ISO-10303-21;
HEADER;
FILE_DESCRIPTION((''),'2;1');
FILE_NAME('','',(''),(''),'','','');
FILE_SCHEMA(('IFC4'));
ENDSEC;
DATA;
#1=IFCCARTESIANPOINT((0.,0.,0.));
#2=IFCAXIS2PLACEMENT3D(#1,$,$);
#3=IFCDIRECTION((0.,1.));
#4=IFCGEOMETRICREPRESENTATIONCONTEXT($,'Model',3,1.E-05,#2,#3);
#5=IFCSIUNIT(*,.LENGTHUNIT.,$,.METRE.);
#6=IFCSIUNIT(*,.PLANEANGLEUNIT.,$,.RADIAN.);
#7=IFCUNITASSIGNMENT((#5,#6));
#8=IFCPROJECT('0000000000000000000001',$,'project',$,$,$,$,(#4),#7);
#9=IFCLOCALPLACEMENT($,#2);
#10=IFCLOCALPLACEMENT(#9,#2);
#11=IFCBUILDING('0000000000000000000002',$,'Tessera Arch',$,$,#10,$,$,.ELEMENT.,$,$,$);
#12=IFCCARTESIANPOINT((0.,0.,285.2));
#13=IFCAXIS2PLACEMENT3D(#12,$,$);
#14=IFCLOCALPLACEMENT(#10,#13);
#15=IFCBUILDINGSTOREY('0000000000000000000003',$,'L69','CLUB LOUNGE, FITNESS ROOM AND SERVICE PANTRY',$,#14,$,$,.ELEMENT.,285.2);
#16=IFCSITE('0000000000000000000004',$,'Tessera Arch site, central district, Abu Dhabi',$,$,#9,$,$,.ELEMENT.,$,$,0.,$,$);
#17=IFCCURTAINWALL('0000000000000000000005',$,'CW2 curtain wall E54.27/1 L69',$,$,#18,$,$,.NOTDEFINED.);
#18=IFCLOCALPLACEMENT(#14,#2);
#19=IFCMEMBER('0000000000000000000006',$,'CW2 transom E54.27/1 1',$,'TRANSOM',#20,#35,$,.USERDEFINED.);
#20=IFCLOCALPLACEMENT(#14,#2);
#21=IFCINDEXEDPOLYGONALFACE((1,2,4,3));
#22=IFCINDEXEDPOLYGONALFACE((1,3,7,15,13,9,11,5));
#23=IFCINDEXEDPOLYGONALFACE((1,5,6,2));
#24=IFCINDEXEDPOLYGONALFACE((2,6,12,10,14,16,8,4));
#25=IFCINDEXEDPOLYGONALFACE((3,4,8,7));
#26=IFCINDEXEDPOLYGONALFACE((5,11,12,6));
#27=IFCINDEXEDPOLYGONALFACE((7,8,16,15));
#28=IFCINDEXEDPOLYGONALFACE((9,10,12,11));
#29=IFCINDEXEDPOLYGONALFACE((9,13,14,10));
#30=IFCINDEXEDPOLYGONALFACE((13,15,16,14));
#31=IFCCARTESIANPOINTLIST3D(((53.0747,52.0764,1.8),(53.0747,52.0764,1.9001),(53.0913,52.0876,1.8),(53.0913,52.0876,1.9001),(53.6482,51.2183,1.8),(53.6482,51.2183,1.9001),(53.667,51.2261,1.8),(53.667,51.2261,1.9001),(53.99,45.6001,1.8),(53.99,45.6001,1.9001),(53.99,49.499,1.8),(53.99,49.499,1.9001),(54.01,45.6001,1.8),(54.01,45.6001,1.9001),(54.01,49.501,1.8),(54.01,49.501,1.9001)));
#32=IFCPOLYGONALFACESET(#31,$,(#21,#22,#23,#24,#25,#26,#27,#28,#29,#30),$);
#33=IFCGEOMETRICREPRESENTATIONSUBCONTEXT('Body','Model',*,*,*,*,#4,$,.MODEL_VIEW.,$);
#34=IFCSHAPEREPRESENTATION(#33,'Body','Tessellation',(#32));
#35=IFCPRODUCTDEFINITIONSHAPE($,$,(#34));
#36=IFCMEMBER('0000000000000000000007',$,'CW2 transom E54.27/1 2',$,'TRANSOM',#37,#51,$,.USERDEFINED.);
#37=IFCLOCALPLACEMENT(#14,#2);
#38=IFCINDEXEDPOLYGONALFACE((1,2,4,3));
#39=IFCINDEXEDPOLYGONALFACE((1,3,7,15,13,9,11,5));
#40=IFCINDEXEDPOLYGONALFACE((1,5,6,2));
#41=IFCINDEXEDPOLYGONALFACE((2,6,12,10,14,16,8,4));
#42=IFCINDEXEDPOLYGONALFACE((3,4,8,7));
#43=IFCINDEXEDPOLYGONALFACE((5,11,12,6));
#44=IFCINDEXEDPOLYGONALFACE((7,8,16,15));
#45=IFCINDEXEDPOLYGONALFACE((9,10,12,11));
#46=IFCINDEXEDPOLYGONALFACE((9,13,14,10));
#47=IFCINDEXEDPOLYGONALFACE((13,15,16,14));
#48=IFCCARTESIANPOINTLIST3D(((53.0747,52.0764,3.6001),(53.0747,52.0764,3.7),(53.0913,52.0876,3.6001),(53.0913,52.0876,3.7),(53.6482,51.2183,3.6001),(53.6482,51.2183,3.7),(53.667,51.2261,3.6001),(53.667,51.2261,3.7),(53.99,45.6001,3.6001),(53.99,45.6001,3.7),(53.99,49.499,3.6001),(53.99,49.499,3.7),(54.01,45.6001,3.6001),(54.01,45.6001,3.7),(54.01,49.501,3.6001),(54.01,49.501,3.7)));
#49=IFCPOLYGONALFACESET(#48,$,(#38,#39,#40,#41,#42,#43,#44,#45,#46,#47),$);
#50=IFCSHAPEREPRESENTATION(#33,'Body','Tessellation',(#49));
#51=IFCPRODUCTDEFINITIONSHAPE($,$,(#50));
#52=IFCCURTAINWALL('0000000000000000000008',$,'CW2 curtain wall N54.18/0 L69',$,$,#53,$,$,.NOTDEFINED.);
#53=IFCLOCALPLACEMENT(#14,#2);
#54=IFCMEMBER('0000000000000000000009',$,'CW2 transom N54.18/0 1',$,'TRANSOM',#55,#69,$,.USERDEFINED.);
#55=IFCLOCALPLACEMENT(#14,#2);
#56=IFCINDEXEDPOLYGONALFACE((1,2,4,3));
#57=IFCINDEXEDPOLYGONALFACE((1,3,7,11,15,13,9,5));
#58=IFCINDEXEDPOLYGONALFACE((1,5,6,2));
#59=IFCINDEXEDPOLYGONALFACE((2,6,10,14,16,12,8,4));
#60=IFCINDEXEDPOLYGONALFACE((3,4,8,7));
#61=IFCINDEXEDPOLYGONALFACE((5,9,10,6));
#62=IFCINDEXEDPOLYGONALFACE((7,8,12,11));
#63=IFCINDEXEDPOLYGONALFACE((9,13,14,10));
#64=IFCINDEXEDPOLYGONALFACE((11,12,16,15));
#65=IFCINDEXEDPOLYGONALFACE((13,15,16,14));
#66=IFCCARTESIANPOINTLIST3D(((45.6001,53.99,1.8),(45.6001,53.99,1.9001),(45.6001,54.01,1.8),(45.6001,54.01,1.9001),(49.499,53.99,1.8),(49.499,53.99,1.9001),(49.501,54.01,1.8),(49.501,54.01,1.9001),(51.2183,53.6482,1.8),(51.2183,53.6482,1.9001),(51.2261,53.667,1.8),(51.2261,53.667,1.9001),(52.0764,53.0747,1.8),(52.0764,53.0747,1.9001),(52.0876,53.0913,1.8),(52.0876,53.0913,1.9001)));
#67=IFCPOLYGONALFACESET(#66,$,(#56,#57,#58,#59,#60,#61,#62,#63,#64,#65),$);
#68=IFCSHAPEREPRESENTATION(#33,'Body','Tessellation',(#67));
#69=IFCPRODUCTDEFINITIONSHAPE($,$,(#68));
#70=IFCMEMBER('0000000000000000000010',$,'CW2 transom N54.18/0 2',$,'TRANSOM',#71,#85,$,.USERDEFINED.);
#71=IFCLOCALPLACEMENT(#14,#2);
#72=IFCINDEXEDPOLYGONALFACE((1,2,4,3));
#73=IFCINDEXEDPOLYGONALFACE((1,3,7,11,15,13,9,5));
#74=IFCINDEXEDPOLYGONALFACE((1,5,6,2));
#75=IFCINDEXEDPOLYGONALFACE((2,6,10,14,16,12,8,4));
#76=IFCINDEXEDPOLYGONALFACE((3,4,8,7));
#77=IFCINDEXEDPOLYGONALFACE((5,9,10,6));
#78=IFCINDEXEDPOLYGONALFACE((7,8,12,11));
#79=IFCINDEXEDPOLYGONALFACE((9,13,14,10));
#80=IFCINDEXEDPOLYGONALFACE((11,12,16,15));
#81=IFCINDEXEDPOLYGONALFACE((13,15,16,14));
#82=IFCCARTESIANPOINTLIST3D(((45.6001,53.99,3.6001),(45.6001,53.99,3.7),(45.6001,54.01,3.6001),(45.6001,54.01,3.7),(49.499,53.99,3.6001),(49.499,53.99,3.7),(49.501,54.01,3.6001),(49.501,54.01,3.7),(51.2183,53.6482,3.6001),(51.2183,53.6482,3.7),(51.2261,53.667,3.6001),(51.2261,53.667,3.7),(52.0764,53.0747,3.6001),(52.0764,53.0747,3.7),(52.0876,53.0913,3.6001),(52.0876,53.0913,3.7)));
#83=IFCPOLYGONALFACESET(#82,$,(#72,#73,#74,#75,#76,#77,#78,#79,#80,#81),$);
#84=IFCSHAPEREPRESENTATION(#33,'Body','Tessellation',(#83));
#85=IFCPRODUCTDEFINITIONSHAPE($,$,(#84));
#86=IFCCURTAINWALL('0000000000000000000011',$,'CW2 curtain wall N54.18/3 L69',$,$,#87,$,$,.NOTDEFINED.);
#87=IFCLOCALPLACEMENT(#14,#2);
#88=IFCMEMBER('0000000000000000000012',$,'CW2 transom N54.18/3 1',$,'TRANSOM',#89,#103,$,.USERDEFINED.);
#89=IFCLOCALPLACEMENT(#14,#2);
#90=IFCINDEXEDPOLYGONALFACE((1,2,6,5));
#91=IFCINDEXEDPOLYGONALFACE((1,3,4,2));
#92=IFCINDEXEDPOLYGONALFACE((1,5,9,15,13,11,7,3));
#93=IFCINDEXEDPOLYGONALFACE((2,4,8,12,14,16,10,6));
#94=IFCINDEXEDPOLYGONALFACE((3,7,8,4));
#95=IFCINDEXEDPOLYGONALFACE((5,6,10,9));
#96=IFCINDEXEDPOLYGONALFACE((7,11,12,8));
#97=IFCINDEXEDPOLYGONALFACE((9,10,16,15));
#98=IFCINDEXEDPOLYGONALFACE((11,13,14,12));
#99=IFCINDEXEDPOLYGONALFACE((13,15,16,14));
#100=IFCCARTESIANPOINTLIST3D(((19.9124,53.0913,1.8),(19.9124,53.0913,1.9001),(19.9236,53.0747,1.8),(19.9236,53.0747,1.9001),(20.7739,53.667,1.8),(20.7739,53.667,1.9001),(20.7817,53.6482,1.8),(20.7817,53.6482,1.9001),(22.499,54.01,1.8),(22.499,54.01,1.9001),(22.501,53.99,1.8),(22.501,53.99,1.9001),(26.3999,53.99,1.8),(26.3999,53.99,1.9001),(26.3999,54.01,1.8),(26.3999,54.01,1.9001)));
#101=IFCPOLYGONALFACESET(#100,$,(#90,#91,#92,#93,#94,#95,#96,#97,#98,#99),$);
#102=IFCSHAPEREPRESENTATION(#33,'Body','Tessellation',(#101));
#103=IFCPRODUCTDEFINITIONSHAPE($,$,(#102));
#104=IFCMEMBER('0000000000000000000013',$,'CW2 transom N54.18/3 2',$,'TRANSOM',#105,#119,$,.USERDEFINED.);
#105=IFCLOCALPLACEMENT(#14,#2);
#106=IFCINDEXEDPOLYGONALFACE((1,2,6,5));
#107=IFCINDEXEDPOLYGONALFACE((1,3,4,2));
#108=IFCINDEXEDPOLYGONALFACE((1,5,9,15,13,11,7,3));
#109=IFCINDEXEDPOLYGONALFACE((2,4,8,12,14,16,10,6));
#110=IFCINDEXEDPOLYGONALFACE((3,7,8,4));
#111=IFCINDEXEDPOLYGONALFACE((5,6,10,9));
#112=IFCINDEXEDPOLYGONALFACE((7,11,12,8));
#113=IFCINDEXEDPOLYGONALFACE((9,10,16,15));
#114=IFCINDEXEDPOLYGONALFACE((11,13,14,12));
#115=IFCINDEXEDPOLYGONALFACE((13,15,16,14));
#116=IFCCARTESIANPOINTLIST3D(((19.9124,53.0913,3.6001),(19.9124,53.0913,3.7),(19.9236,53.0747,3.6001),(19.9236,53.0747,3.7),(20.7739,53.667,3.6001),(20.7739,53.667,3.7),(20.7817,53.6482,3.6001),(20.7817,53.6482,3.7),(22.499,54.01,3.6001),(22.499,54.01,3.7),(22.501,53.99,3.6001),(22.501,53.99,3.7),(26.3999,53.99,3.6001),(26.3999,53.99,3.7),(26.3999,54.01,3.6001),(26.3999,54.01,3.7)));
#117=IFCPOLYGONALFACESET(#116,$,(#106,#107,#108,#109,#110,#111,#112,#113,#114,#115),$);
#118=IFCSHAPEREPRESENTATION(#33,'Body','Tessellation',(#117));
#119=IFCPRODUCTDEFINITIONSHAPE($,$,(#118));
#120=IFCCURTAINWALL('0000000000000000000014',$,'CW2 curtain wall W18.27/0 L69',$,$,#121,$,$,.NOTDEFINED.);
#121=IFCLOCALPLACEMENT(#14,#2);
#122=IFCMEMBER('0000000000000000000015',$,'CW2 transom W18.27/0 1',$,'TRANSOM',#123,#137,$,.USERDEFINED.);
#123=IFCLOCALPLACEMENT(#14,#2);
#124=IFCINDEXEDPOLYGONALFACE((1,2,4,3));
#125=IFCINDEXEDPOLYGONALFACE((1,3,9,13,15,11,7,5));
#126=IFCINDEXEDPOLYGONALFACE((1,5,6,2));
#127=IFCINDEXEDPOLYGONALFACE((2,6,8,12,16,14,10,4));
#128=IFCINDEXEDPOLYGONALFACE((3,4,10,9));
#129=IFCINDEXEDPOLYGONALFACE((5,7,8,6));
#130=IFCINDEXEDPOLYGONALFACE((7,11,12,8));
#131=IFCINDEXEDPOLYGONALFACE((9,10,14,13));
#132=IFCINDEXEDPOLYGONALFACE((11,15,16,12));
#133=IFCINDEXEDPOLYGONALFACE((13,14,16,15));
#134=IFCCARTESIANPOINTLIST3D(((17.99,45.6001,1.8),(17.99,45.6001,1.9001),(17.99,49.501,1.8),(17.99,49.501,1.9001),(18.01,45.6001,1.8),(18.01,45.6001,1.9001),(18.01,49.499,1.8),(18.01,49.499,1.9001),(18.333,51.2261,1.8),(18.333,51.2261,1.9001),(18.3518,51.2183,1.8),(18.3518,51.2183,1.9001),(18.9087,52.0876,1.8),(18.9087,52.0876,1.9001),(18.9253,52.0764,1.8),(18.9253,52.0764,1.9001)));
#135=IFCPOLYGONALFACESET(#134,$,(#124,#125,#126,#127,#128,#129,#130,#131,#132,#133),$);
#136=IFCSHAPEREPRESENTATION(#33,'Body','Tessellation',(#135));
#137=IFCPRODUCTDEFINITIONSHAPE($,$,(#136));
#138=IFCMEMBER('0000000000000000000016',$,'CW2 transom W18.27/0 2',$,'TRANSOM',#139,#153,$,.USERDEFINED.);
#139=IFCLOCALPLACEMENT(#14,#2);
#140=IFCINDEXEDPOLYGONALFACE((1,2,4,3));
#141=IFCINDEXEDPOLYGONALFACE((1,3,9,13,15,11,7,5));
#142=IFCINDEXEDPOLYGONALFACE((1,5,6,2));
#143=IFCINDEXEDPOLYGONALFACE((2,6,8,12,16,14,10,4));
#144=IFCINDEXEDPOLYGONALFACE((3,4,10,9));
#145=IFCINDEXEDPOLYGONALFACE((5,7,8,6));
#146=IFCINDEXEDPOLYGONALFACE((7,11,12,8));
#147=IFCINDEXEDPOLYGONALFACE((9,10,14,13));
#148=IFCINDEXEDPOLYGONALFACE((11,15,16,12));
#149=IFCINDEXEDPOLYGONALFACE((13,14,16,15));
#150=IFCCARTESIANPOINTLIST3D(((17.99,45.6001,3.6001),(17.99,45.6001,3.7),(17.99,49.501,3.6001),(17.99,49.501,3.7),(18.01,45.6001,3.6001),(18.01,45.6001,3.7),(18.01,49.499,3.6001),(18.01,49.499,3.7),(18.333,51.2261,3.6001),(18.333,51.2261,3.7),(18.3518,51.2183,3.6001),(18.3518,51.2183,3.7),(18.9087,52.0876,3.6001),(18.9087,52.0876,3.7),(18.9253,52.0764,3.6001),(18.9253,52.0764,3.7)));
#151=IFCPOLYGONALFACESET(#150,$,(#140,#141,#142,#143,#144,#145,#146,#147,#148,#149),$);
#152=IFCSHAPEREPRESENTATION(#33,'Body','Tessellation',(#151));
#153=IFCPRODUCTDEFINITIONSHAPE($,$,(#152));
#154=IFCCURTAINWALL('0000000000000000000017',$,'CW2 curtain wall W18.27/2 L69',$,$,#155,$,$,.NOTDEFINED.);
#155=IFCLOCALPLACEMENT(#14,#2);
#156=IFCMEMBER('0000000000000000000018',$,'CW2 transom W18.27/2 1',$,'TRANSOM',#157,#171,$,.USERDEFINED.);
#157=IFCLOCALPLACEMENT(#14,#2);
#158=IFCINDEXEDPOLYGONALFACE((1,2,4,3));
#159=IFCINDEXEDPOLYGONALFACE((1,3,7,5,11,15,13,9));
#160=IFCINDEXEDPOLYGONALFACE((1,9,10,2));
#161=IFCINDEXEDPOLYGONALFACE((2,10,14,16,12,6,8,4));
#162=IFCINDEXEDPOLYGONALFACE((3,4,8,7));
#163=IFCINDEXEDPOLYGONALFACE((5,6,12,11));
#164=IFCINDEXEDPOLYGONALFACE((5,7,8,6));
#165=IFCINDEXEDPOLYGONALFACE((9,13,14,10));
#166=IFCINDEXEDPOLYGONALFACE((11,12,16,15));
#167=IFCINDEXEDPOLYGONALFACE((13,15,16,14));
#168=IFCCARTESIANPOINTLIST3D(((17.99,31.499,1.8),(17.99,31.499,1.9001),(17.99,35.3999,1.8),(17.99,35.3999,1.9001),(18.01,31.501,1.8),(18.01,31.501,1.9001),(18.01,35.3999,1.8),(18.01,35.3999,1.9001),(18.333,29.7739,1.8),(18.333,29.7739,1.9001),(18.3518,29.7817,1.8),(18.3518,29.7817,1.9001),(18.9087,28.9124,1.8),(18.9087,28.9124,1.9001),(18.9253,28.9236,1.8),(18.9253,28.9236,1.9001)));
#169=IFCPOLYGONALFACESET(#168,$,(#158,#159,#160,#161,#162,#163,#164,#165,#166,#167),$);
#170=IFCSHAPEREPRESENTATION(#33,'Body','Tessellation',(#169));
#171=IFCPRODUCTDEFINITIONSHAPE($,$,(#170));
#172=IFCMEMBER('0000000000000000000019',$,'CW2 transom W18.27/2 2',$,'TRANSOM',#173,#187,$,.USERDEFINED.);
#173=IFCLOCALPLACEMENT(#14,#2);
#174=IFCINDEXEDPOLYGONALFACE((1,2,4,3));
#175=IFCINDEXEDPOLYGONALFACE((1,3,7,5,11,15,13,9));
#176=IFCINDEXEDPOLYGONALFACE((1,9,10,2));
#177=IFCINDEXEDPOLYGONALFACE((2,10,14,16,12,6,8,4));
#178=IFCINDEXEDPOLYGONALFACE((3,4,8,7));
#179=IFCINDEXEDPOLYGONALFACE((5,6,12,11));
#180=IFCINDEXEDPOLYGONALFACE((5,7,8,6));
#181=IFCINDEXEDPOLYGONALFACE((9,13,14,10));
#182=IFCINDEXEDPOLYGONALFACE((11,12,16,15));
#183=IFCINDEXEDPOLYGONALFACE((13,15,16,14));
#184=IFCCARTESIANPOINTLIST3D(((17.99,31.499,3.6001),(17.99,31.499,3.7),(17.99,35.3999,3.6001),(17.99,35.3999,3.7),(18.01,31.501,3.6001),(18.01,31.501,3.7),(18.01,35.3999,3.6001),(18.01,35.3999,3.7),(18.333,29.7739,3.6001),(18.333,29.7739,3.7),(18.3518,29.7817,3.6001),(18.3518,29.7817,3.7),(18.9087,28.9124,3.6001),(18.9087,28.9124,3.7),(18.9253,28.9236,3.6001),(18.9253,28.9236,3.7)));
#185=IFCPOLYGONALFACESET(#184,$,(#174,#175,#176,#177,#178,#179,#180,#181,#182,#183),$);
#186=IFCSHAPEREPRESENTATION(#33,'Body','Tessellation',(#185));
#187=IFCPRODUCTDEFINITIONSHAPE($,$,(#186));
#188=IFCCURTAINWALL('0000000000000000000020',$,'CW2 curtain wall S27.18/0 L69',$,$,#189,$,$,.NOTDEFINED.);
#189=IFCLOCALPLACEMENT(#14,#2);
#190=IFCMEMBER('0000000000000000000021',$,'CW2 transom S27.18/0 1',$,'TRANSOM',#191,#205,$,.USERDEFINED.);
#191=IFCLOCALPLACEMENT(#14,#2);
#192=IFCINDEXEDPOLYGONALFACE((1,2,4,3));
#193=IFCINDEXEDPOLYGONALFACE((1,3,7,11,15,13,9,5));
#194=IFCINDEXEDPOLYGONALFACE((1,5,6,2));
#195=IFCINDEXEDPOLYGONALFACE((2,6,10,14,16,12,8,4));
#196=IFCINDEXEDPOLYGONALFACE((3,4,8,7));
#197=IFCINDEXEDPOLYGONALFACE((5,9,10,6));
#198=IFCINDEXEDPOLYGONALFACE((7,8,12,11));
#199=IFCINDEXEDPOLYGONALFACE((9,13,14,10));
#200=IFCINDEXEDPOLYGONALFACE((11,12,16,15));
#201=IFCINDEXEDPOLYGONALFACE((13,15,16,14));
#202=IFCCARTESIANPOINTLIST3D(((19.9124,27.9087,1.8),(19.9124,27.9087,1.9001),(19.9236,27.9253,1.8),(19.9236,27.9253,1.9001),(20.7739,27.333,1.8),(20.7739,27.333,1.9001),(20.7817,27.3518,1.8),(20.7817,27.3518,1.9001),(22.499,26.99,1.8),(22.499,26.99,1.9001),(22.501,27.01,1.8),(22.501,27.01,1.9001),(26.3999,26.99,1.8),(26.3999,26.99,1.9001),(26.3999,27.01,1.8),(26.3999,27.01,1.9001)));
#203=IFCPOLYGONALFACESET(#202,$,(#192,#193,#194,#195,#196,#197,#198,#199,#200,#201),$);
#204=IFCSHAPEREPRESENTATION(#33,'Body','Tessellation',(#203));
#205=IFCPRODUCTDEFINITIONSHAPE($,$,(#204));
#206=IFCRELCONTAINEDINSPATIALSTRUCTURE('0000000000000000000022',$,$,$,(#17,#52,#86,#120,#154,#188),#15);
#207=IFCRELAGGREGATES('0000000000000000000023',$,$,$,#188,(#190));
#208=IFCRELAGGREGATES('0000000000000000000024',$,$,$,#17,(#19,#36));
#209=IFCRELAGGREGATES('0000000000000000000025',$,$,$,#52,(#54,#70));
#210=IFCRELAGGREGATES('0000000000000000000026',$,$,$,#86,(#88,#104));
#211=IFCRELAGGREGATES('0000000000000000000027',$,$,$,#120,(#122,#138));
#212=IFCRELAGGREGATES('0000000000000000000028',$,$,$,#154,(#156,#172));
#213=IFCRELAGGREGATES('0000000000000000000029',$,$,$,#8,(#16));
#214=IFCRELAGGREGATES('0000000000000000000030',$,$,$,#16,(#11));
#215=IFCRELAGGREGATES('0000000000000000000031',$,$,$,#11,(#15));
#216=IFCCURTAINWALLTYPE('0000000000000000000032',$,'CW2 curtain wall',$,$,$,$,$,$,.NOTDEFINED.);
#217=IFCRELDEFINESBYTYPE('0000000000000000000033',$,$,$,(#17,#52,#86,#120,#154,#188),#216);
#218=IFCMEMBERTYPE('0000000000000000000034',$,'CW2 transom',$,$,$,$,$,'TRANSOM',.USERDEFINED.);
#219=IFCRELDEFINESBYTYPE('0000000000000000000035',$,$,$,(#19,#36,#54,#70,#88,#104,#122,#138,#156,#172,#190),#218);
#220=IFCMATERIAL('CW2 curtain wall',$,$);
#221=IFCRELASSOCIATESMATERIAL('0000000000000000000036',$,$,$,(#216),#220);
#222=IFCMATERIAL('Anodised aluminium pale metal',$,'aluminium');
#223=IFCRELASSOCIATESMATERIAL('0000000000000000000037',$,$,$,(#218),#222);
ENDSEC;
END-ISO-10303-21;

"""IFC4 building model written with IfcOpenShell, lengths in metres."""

from ifc_helpers import new_model, si_unit, direction, frame, origin, origin_2d, place, context, subcontext, project, spatial, polyline, rectangle, outline, extrude, material, material_profile, profile_set, type_object, element, aggregate, save


model = new_model("IFC4")

# Units and contexts
model_context = context("Model", 3, precision=1e-05, world=origin(), true_north=direction((0.0, 1.0)))
body_context = subcontext(model_context, "Body", "Model", "MODEL_VIEW")
ifc_project = project(units=[si_unit("LENGTHUNIT", "METRE"), si_unit("PLANEANGLEUNIT", "RADIAN")], contexts=[model_context])

# Site, building, storey
site_placement = place(None, origin())
site = spatial("IfcSite", under=ifc_project, at=site_placement, Name="Tessera Arch site, central district, Abu Dhabi", CompositionType="ELEMENT", RefElevation=0.0)
building_placement = place(site_placement, origin())
building = spatial("IfcBuilding", under=site, at=building_placement, Name="Tessera Arch", CompositionType="ELEMENT")
storey_placement = place(building_placement, frame((0.0, 0.0, 285.2)))
storey = spatial("IfcBuildingStorey", under=building, at=storey_placement, Name="L69", Description="CLUB LOUNGE, FITNESS ROOM AND SERVICE PANTRY", CompositionType="ELEMENT", Elevation=285.2)

# Curtain walls, members
ifc_material_1 = material(Name="CW2 curtain wall")
curtain_wall_type = type_object("IfcCurtainWallType", Name="CW2 curtain wall", PredefinedType="NOTDEFINED", material=ifc_material_1)
curtain_wall_1_placement = place(storey_placement, origin())
curtain_wall_1 = element("IfcCurtainWall", 1, at=curtain_wall_1_placement, inside=storey, type_object=curtain_wall_type, Name="CW2 curtain wall E54.27/1 L69", PredefinedType="NOTDEFINED")
ifc_material_2 = material(Name="Anodised aluminium pale metal", Category="aluminium")
ifc_material_profile = material_profile(ifc_material_2, rectangle(XDim=0.2, YDim=0.1001, at=origin_2d()), Name="AL 200x100")
ifc_profile_set = profile_set([ifc_material_profile], Name="Anodised aluminium pale metal")
member_type = type_object("IfcMemberType", Name="CW2 transom", ElementType="TRANSOM", PredefinedType="USERDEFINED", material=ifc_profile_set)
member_1_placement = place(storey_placement, frame((0.0, 0.0, 1.8)))
member_1 = element("IfcMember", 2, at=member_1_placement, type_object=member_type, Name="CW2 transom E54.27/1 1", ObjectType="TRANSOM", PredefinedType="USERDEFINED", context=body_context, shape_type="SweptSolid", body=[
    extrude(outline(polyline([(53.99, 49.499), (53.99, 45.6001), (54.01, 45.6001), (54.01, 49.501), (53.667, 51.2261), (53.0913, 52.0876), (53.0747, 52.0764), (53.6482, 51.2183), (53.99, 49.499)])), origin(), (0.0, 0.0, 1.0), 0.1001),
])
member_2_placement = place(storey_placement, frame((0.0, 0.0, 3.6001)))
member_2 = element("IfcMember", 3, at=member_2_placement, type_object=member_type, Name="CW2 transom E54.27/1 2", ObjectType="TRANSOM", PredefinedType="USERDEFINED", context=body_context, shape_type="SweptSolid", body=[
    extrude(outline(polyline([(53.99, 49.499), (53.99, 45.6001), (54.01, 45.6001), (54.01, 49.501), (53.667, 51.2261), (53.0913, 52.0876), (53.0747, 52.0764), (53.6482, 51.2183), (53.99, 49.499)])), origin(), (0.0, 0.0, 1.0), 0.0999),
])
curtain_wall_2_placement = place(storey_placement, origin())
curtain_wall_2 = element("IfcCurtainWall", 4, at=curtain_wall_2_placement, inside=storey, type_object=curtain_wall_type, Name="CW2 curtain wall N54.18/0 L69", PredefinedType="NOTDEFINED")
member_3_placement = place(storey_placement, frame((0.0, 0.0, 1.8)))
member_3 = element("IfcMember", 5, at=member_3_placement, type_object=member_type, Name="CW2 transom N54.18/0 1", ObjectType="TRANSOM", PredefinedType="USERDEFINED", context=body_context, shape_type="SweptSolid", body=[
    extrude(outline(polyline([(51.2183, 53.6482), (52.0764, 53.0747), (52.0876, 53.0913), (51.2261, 53.667), (49.501, 54.01), (45.6001, 54.01), (45.6001, 53.99), (49.499, 53.99), (51.2183, 53.6482)])), origin(), (0.0, 0.0, 1.0), 0.1001),
])
member_4_placement = place(storey_placement, frame((0.0, 0.0, 3.6001)))
member_4 = element("IfcMember", 6, at=member_4_placement, type_object=member_type, Name="CW2 transom N54.18/0 2", ObjectType="TRANSOM", PredefinedType="USERDEFINED", context=body_context, shape_type="SweptSolid", body=[
    extrude(outline(polyline([(51.2183, 53.6482), (52.0764, 53.0747), (52.0876, 53.0913), (51.2261, 53.667), (49.501, 54.01), (45.6001, 54.01), (45.6001, 53.99), (49.499, 53.99), (51.2183, 53.6482)])), origin(), (0.0, 0.0, 1.0), 0.0999),
])
curtain_wall_3_placement = place(storey_placement, origin())
curtain_wall_3 = element("IfcCurtainWall", 7, at=curtain_wall_3_placement, inside=storey, type_object=curtain_wall_type, Name="CW2 curtain wall N54.18/3 L69", PredefinedType="NOTDEFINED")
member_5_placement = place(storey_placement, frame((0.0, 0.0, 1.8)))
member_5 = element("IfcMember", 8, at=member_5_placement, type_object=member_type, Name="CW2 transom N54.18/3 1", ObjectType="TRANSOM", PredefinedType="USERDEFINED", context=body_context, shape_type="SweptSolid", body=[
    extrude(outline(polyline([(22.501, 53.99), (26.3999, 53.99), (26.3999, 54.01), (22.499, 54.01), (20.7739, 53.667), (19.9124, 53.0913), (19.9236, 53.0747), (20.7817, 53.6482), (22.501, 53.99)])), origin(), (0.0, 0.0, 1.0), 0.1001),
])
member_6_placement = place(storey_placement, frame((0.0, 0.0, 3.6001)))
member_6 = element("IfcMember", 9, at=member_6_placement, type_object=member_type, Name="CW2 transom N54.18/3 2", ObjectType="TRANSOM", PredefinedType="USERDEFINED", context=body_context, shape_type="SweptSolid", body=[
    extrude(outline(polyline([(22.501, 53.99), (26.3999, 53.99), (26.3999, 54.01), (22.499, 54.01), (20.7739, 53.667), (19.9124, 53.0913), (19.9236, 53.0747), (20.7817, 53.6482), (22.501, 53.99)])), origin(), (0.0, 0.0, 1.0), 0.0999),
])
curtain_wall_4_placement = place(storey_placement, origin())
curtain_wall_4 = element("IfcCurtainWall", 10, at=curtain_wall_4_placement, inside=storey, type_object=curtain_wall_type, Name="CW2 curtain wall W18.27/0 L69", PredefinedType="NOTDEFINED")
member_7_placement = place(storey_placement, frame((0.0, 0.0, 1.8)))
member_7 = element("IfcMember", 11, at=member_7_placement, type_object=member_type, Name="CW2 transom W18.27/0 1", ObjectType="TRANSOM", PredefinedType="USERDEFINED", context=body_context, shape_type="SweptSolid", body=[
    extrude(outline(polyline([(18.3518, 51.2183), (18.9253, 52.0764), (18.9087, 52.0876), (18.333, 51.2261), (17.99, 49.501), (17.99, 45.6001), (18.01, 45.6001), (18.01, 49.499), (18.3518, 51.2183)])), origin(), (0.0, 0.0, 1.0), 0.1001),
])
member_8_placement = place(storey_placement, frame((0.0, 0.0, 3.6001)))
member_8 = element("IfcMember", 12, at=member_8_placement, type_object=member_type, Name="CW2 transom W18.27/0 2", ObjectType="TRANSOM", PredefinedType="USERDEFINED", context=body_context, shape_type="SweptSolid", body=[
    extrude(outline(polyline([(18.3518, 51.2183), (18.9253, 52.0764), (18.9087, 52.0876), (18.333, 51.2261), (17.99, 49.501), (17.99, 45.6001), (18.01, 45.6001), (18.01, 49.499), (18.3518, 51.2183)])), origin(), (0.0, 0.0, 1.0), 0.0999),
])
curtain_wall_5_placement = place(storey_placement, origin())
curtain_wall_5 = element("IfcCurtainWall", 13, at=curtain_wall_5_placement, inside=storey, type_object=curtain_wall_type, Name="CW2 curtain wall W18.27/2 L69", PredefinedType="NOTDEFINED")
member_9_placement = place(storey_placement, frame((0.0, 0.0, 1.8)))
member_9 = element("IfcMember", 14, at=member_9_placement, type_object=member_type, Name="CW2 transom W18.27/2 1", ObjectType="TRANSOM", PredefinedType="USERDEFINED", context=body_context, shape_type="SweptSolid", body=[
    extrude(outline(polyline([(18.01, 31.501), (18.01, 35.3999), (17.99, 35.3999), (17.99, 31.499), (18.333, 29.7739), (18.9087, 28.9124), (18.9253, 28.9236), (18.3518, 29.7817), (18.01, 31.501)])), origin(), (0.0, 0.0, 1.0), 0.1001),
])
member_10_placement = place(storey_placement, frame((0.0, 0.0, 3.6001)))
member_10 = element("IfcMember", 15, at=member_10_placement, type_object=member_type, Name="CW2 transom W18.27/2 2", ObjectType="TRANSOM", PredefinedType="USERDEFINED", context=body_context, shape_type="SweptSolid", body=[
    extrude(outline(polyline([(18.01, 31.501), (18.01, 35.3999), (17.99, 35.3999), (17.99, 31.499), (18.333, 29.7739), (18.9087, 28.9124), (18.9253, 28.9236), (18.3518, 29.7817), (18.01, 31.501)])), origin(), (0.0, 0.0, 1.0), 0.0999),
])
curtain_wall_6_placement = place(storey_placement, origin())
curtain_wall_6 = element("IfcCurtainWall", 16, at=curtain_wall_6_placement, inside=storey, type_object=curtain_wall_type, Name="CW2 curtain wall S27.18/0 L69", PredefinedType="NOTDEFINED")
member_11_placement = place(storey_placement, frame((0.0, 0.0, 1.8)))
member_11 = element("IfcMember", 17, at=member_11_placement, type_object=member_type, Name="CW2 transom S27.18/0 1", ObjectType="TRANSOM", PredefinedType="USERDEFINED", context=body_context, shape_type="SweptSolid", body=[
    extrude(outline(polyline([(20.7817, 27.3518), (19.9236, 27.9253), (19.9124, 27.9087), (20.7739, 27.333), (22.499, 26.99), (26.3999, 26.99), (26.3999, 27.01), (22.501, 27.01), (20.7817, 27.3518)])), origin(), (0.0, 0.0, 1.0), 0.1001),
])

aggregate(curtain_wall_6, [member_11])
aggregate(curtain_wall_1, [member_1, member_2])
aggregate(curtain_wall_2, [member_3, member_4])
aggregate(curtain_wall_3, [member_5, member_6])
aggregate(curtain_wall_4, [member_7, member_8])
aggregate(curtain_wall_5, [member_9, member_10])

save(model, "model.ifc")
